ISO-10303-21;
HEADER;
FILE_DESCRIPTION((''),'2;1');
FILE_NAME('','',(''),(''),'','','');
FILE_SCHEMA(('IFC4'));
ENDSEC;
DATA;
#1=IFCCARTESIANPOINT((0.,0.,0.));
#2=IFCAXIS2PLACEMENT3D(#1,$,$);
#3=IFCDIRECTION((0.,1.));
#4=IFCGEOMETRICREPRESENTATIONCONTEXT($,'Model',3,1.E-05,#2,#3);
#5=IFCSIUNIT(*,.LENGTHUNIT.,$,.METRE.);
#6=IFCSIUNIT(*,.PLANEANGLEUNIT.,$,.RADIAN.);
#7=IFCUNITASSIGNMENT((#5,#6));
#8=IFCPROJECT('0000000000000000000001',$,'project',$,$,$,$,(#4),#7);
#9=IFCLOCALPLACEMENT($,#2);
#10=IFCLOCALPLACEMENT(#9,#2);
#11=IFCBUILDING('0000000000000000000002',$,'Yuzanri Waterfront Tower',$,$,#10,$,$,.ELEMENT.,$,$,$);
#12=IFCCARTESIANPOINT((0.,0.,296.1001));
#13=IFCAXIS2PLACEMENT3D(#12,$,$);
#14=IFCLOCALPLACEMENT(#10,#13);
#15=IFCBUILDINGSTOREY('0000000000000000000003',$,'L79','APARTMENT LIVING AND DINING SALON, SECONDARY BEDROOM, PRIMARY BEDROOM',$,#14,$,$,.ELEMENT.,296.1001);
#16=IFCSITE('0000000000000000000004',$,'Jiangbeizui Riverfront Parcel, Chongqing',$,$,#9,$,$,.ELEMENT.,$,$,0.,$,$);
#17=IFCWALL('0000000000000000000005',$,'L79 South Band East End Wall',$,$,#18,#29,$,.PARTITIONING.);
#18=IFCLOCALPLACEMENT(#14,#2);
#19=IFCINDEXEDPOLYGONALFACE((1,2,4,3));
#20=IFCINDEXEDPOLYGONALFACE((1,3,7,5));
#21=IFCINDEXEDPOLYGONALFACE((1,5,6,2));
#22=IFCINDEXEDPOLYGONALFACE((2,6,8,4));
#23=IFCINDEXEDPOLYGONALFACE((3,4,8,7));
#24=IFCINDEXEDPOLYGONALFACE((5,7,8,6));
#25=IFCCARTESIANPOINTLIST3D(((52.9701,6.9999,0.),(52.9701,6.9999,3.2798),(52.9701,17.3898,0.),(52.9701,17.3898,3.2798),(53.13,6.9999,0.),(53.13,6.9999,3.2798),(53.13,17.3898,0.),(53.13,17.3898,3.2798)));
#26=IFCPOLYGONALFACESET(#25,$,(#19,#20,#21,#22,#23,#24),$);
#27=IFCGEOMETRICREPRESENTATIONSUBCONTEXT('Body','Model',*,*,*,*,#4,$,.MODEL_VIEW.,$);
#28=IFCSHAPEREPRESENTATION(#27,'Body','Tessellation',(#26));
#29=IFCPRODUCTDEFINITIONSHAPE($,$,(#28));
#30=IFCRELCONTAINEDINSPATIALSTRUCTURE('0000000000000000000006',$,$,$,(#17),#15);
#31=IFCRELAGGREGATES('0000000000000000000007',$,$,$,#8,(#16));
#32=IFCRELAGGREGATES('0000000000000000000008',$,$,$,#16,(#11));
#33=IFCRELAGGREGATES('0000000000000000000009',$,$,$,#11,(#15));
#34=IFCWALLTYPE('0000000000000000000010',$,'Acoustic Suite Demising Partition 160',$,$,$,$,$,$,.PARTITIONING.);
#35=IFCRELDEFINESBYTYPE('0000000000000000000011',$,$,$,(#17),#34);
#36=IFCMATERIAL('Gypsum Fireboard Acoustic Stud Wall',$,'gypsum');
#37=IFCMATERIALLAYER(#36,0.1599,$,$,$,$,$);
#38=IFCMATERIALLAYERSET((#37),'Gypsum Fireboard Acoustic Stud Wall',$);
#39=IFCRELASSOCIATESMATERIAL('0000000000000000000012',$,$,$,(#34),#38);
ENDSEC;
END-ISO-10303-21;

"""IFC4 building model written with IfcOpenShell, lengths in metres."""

from ifc_helpers import new_model, si_unit, direction, frame, frame_2d, origin, place, context, subcontext, project, spatial, rectangle, extrude, source, transform, mapped, material, layer, layer_set, type_object, element, save


model = new_model("IFC4")

# Units and contexts
model_context = context("Model", 3, precision=1e-05, world=origin(), true_north=direction((0.0, 1.0)))
body_context = subcontext(model_context, "Body", "Model", "MODEL_VIEW")
ifc_project = project(units=[si_unit("LENGTHUNIT", "METRE"), si_unit("PLANEANGLEUNIT", "RADIAN")], contexts=[model_context])

# Site, building, storey
site_placement = place(None, origin())
site = spatial("IfcSite", under=ifc_project, at=site_placement, Name="Jiangbeizui Riverfront Parcel, Chongqing", CompositionType="ELEMENT", RefElevation=0.0)
building_placement = place(site_placement, origin())
building = spatial("IfcBuilding", under=site, at=building_placement, Name="Yuzanri Waterfront Tower", CompositionType="ELEMENT")
storey_placement = place(building_placement, frame((0.0, 0.0, 296.1001)))
storey = spatial("IfcBuildingStorey", under=building, at=storey_placement, Name="L79", Description="APARTMENT LIVING AND DINING SALON, SECONDARY BEDROOM, PRIMARY BEDROOM", CompositionType="ELEMENT", Elevation=296.1001)

# Wall
ifc_material_1 = material(Name="Gypsum Fireboard Acoustic Stud Wall", Category="gypsum")
ifc_layer_1 = layer(ifc_material_1, 0.1599)
ifc_layer_set_1 = layer_set([ifc_layer_1], Name="Gypsum Fireboard Acoustic Stud Wall")
wall_type_1 = type_object("IfcWallType", Name="Acoustic Suite Demising Partition 160", PredefinedType="PARTITIONING", material=ifc_layer_set_1)
shared_shape_1 = source(origin(), body_context, "Body", "SweptSolid", [
    extrude(rectangle(XDim=10.3899, YDim=0.1599, at=frame_2d((5.1948, 0.0))), origin(), (0.0, 0.0, 1.0), 3.2798),
])
wall_1_placement = place(storey_placement, frame((53.05, 7.0, 0.0), z_axis=(0.0, 0.0, 1.0), x_axis=(0.0, 1.0, 0.0)))
element("IfcWall", 1, at=wall_1_placement, inside=storey, type_object=wall_type_1, Name="L79 South Band East End Wall", PredefinedType="PARTITIONING", context=body_context, shape_type="MappedRepresentation", body=[
    mapped(shared_shape_1, transform((0.0, 0.0, 0.0), scale=1.0)),
])

save(model, "model.ifc")
